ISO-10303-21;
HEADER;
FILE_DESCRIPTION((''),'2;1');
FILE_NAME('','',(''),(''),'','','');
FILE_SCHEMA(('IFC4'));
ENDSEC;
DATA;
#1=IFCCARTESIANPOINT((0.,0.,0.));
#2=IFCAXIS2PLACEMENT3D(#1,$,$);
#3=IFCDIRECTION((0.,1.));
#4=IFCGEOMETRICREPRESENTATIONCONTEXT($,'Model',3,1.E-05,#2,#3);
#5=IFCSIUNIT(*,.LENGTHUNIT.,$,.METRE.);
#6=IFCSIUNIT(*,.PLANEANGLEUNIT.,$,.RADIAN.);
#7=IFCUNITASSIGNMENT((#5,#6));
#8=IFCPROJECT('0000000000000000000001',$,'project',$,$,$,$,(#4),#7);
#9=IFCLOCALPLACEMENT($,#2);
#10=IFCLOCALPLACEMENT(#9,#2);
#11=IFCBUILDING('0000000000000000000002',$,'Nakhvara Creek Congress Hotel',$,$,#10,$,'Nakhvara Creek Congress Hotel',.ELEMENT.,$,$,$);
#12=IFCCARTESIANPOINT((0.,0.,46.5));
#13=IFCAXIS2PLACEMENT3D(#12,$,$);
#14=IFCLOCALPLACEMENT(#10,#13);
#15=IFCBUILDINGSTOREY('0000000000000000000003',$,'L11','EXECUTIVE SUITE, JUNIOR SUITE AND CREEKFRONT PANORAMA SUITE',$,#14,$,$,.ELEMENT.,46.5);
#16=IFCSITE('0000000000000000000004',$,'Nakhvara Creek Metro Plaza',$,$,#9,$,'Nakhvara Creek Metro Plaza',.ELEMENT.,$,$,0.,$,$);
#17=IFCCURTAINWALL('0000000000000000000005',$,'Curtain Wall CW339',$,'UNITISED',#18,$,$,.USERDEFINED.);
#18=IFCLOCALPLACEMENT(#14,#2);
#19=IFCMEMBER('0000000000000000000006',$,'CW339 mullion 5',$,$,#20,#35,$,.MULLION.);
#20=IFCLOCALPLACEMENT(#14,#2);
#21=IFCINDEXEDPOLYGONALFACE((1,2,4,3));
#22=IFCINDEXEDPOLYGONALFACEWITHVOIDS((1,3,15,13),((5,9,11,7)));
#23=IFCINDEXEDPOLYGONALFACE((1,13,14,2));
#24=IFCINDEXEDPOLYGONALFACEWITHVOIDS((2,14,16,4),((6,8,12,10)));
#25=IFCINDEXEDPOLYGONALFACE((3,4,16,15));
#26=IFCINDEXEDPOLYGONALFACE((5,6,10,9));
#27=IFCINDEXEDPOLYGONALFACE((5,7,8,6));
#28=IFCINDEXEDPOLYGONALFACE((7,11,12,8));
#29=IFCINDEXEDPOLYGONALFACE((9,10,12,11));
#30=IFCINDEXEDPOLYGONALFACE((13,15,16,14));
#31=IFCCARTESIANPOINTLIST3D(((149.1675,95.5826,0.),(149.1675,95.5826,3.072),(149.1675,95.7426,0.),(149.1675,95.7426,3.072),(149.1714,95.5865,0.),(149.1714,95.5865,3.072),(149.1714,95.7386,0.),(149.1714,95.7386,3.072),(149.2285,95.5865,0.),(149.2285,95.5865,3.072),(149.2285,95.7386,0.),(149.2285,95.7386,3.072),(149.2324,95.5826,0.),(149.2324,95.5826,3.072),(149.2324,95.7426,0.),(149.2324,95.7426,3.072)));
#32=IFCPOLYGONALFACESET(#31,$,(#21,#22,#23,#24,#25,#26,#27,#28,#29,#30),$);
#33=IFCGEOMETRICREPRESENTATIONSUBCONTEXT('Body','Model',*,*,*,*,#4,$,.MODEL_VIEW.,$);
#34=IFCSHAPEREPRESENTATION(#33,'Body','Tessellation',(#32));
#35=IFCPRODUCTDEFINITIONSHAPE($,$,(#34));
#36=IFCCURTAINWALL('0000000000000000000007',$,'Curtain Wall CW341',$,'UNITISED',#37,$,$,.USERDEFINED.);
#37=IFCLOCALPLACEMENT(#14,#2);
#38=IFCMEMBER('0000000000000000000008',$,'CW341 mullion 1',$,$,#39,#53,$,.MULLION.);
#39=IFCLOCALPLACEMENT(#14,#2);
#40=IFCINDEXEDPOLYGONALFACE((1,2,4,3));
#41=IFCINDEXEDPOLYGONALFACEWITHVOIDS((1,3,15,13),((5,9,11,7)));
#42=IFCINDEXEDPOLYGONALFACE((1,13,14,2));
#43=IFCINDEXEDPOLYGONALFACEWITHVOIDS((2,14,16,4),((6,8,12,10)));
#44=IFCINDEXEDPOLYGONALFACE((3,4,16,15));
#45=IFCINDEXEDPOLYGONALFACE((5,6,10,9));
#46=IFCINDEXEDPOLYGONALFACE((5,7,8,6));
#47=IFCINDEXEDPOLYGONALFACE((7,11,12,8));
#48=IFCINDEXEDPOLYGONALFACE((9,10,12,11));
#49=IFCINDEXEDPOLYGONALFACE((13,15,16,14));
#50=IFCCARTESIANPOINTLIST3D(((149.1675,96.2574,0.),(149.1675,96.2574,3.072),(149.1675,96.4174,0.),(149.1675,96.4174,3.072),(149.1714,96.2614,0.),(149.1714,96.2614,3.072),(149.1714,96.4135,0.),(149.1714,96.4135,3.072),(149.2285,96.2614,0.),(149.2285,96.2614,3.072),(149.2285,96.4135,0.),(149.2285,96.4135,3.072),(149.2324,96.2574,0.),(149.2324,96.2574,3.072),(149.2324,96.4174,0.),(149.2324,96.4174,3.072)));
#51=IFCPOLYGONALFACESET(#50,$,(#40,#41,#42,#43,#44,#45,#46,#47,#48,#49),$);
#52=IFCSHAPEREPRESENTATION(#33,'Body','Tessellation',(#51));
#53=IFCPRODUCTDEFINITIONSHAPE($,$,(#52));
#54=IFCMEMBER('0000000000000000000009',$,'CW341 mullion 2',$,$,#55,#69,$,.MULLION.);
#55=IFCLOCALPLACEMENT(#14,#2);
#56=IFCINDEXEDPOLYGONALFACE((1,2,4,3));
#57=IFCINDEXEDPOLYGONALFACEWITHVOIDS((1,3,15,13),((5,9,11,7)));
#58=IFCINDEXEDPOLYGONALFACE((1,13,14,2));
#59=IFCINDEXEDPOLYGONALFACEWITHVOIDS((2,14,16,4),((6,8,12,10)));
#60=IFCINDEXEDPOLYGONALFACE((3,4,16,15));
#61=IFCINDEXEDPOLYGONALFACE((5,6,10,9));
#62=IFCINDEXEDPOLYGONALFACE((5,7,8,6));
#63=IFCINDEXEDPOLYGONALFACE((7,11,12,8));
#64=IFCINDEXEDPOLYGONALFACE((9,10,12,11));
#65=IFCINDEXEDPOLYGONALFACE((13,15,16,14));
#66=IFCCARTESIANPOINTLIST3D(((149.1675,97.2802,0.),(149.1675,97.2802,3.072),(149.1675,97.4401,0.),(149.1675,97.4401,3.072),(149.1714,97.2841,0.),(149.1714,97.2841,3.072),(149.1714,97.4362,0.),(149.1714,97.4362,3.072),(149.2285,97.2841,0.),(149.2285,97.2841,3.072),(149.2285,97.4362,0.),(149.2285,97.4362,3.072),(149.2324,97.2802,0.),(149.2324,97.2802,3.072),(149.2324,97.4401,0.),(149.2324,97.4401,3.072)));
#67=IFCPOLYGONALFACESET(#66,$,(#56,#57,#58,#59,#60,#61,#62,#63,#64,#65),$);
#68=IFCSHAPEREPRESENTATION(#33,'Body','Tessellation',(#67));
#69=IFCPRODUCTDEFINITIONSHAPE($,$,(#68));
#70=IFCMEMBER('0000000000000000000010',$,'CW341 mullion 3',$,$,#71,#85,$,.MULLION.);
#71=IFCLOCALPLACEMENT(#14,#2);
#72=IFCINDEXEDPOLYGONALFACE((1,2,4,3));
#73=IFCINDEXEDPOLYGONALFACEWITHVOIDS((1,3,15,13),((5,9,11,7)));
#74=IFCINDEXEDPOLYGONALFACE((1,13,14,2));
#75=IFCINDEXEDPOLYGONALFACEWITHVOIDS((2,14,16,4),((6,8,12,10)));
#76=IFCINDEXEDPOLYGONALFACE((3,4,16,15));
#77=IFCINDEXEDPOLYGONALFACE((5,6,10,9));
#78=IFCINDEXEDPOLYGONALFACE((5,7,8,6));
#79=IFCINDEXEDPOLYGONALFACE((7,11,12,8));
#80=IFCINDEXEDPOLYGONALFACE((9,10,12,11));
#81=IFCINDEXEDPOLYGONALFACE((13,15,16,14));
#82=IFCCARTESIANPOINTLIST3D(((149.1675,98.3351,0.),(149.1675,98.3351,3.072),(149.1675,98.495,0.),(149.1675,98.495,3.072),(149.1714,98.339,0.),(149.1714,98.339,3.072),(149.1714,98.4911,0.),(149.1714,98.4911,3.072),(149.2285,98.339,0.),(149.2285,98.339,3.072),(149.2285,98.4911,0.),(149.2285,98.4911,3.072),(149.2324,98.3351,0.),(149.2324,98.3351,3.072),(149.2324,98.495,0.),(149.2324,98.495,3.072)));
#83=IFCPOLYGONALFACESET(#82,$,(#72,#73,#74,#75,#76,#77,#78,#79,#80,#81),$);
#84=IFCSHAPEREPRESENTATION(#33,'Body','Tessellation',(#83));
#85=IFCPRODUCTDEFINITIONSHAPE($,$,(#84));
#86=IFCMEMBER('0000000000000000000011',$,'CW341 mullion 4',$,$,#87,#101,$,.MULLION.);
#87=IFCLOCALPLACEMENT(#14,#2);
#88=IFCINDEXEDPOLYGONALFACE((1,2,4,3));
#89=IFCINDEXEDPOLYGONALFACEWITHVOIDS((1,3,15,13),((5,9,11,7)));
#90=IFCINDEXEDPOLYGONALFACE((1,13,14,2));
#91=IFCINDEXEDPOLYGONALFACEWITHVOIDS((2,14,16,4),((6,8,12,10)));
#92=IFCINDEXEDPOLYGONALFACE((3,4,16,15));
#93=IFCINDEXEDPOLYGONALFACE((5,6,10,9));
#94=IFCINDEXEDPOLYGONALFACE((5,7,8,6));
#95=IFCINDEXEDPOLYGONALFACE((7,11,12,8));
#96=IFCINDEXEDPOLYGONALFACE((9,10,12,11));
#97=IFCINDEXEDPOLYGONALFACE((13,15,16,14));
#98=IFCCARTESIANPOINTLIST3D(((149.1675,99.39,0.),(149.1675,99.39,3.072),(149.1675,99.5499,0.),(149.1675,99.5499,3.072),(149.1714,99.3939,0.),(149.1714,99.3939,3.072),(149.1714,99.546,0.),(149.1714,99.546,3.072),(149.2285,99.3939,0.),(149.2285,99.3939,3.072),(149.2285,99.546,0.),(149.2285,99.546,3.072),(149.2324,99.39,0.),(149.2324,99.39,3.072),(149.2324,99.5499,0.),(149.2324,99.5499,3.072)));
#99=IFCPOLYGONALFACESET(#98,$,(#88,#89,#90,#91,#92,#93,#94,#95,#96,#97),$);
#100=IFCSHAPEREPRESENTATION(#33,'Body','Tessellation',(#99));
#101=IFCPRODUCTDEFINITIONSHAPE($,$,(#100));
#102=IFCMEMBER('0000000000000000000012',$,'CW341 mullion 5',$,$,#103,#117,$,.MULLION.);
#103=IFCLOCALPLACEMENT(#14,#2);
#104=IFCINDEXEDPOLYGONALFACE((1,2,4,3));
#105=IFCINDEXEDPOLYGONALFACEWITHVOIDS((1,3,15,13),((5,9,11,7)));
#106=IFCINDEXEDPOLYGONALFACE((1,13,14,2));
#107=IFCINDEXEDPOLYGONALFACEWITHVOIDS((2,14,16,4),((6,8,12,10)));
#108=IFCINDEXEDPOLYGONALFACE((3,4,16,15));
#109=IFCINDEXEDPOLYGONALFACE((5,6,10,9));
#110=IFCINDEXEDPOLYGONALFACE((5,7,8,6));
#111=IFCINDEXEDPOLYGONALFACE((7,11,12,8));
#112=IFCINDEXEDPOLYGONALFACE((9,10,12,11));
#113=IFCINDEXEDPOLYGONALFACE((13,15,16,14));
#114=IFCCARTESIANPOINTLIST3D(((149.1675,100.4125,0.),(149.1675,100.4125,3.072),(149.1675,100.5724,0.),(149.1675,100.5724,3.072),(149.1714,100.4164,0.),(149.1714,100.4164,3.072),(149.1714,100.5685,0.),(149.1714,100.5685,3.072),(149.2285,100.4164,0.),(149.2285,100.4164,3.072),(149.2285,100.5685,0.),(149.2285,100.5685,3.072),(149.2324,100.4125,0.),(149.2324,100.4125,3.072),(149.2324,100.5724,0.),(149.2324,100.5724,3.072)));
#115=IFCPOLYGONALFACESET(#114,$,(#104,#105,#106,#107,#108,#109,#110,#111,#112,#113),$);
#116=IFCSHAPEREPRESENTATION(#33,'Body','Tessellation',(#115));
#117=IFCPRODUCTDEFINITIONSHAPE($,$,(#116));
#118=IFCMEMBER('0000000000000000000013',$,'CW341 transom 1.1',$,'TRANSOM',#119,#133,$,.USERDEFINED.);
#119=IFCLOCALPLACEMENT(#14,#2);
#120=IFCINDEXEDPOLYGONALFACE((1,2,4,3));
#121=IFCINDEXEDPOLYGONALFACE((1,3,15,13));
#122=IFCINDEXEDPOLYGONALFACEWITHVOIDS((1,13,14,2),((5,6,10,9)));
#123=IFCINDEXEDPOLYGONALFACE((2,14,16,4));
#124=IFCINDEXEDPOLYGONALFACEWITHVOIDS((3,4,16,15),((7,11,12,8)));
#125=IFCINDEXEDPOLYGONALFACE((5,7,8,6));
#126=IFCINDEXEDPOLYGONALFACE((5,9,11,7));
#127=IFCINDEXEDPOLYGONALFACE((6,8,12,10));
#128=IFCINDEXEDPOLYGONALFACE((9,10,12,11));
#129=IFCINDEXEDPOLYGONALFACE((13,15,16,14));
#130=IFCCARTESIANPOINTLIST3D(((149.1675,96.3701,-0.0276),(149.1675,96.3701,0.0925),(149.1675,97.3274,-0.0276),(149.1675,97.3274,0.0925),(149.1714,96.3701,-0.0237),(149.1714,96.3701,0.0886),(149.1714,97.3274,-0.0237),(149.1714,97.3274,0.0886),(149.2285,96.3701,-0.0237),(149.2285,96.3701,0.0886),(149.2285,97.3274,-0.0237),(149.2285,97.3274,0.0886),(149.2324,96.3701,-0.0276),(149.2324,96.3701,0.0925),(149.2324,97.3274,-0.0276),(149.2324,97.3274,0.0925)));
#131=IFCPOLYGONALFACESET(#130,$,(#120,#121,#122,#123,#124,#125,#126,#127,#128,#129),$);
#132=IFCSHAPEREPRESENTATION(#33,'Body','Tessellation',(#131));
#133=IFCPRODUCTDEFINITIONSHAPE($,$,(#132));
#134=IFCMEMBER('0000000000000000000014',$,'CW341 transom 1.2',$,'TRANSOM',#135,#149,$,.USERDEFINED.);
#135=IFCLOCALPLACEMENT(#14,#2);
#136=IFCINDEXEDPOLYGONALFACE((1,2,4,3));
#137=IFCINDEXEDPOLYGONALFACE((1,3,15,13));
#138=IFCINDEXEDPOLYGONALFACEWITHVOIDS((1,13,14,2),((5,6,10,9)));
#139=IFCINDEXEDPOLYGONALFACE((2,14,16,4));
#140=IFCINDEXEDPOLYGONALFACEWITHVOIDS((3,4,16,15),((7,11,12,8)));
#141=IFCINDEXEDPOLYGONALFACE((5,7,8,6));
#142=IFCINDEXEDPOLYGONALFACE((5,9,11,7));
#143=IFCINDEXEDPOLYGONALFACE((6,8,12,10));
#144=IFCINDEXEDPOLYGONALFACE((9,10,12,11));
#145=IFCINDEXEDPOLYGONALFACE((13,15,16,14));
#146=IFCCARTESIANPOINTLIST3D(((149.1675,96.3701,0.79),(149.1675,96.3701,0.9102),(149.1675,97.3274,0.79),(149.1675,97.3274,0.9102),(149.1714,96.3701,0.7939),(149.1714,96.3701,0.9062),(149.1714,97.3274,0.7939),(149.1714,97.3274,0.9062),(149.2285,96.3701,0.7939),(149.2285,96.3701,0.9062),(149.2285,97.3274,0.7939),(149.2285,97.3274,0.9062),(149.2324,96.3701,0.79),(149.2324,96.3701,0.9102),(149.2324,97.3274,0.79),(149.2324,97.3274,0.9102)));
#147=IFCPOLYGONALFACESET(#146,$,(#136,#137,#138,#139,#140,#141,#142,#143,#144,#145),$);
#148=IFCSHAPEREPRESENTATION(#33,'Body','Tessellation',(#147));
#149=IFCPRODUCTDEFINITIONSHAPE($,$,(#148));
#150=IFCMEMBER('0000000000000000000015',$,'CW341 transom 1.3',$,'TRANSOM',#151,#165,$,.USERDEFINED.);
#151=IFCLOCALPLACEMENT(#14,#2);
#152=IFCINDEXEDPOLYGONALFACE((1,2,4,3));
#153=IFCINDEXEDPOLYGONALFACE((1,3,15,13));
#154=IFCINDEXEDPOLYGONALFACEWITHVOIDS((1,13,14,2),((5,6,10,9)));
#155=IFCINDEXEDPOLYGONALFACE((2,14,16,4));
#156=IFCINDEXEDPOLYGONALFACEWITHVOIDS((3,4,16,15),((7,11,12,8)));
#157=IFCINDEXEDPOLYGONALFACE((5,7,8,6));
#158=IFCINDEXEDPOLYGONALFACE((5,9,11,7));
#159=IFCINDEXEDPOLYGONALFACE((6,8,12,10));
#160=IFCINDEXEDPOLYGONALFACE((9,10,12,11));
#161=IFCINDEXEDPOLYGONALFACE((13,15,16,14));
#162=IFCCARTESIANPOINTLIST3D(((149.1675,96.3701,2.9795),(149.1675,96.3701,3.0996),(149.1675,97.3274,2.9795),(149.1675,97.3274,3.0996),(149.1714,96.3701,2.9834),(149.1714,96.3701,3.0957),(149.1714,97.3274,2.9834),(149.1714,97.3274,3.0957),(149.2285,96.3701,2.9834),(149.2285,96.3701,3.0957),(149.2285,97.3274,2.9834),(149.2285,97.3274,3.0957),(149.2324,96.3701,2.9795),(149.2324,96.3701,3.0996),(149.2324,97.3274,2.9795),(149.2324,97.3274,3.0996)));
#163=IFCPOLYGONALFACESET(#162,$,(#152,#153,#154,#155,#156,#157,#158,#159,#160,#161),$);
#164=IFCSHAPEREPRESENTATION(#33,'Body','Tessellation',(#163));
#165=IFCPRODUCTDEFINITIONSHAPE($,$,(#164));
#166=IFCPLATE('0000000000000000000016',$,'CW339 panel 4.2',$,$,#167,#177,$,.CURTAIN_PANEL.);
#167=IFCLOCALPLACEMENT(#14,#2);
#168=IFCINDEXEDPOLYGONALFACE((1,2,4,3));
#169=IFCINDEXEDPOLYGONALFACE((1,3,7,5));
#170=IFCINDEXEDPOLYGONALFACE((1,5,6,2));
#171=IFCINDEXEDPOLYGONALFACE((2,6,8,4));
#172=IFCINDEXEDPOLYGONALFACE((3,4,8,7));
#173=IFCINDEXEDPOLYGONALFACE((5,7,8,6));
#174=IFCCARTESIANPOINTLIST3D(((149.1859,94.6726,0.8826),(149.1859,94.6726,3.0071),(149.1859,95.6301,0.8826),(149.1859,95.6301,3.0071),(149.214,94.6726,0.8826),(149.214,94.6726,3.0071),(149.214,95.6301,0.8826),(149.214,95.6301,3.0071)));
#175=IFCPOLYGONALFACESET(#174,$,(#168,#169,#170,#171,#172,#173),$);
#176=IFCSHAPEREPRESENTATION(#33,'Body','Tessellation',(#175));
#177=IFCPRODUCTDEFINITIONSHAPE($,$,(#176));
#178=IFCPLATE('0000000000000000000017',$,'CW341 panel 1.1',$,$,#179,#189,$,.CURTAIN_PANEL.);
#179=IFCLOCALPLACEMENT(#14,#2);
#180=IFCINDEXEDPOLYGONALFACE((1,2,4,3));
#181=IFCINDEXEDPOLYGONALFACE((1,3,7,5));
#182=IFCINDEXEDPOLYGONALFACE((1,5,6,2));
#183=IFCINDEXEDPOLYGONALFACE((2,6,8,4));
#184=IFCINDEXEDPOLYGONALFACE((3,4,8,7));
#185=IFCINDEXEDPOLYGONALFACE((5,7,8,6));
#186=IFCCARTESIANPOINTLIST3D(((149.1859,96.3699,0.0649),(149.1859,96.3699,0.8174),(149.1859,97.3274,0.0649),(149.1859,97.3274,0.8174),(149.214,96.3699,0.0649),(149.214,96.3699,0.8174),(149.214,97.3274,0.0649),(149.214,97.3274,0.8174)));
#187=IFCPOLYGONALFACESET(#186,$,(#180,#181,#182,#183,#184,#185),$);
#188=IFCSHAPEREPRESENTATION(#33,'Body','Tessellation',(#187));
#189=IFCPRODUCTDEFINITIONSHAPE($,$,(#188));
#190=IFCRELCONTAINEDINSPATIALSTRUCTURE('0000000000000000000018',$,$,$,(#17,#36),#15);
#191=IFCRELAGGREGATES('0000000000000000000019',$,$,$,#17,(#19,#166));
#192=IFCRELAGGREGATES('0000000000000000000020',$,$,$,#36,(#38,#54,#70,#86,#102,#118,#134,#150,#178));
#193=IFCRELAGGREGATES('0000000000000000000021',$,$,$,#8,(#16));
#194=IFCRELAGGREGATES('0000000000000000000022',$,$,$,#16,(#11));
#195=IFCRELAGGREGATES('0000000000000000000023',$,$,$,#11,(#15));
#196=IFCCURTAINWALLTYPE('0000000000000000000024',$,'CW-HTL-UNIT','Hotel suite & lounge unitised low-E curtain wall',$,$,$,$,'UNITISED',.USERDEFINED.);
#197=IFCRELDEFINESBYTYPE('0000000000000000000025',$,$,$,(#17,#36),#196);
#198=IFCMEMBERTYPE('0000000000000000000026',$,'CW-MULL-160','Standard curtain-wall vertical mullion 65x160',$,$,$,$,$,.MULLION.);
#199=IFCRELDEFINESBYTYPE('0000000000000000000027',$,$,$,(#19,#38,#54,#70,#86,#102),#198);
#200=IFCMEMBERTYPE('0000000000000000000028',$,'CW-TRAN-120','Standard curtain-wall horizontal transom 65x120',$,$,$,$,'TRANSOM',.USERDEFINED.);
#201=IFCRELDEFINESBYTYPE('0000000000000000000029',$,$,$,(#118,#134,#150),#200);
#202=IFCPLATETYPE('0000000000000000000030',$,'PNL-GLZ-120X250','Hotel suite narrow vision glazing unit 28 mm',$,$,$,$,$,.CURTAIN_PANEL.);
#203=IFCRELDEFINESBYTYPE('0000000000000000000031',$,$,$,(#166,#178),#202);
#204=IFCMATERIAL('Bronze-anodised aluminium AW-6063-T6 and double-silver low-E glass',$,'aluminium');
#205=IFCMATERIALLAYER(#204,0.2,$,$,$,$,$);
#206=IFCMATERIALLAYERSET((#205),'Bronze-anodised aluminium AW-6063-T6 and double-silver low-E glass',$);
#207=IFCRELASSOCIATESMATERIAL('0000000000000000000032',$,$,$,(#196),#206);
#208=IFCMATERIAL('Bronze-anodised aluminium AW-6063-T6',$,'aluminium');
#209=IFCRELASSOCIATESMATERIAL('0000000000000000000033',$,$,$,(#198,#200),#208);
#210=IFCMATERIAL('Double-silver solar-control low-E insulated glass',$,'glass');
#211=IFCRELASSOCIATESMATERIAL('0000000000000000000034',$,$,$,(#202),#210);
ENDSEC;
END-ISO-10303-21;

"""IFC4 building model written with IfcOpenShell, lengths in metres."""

from ifc_helpers import new_model, si_unit, direction, frame, origin, origin_2d, place, context, subcontext, project, spatial, rectangle, hollow_rectangle, extrude, material, layer, layer_set, material_profile, profile_set, type_object, element, aggregate, save


model = new_model("IFC4")

# Units and contexts
model_context = context("Model", 3, precision=1e-05, world=origin(), true_north=direction((0.0, 1.0)))
body_context = subcontext(model_context, "Body", "Model", "MODEL_VIEW")
ifc_project = project(units=[si_unit("LENGTHUNIT", "METRE"), si_unit("PLANEANGLEUNIT", "RADIAN")], contexts=[model_context])

# Site, building, storey
site_placement = place(None, origin())
site = spatial("IfcSite", under=ifc_project, at=site_placement, Name="Nakhvara Creek Metro Plaza", LongName="Nakhvara Creek Metro Plaza", CompositionType="ELEMENT", RefElevation=0.0)
building_placement = place(site_placement, origin())
building = spatial("IfcBuilding", under=site, at=building_placement, Name="Nakhvara Creek Congress Hotel", LongName="Nakhvara Creek Congress Hotel", CompositionType="ELEMENT")
storey_placement = place(building_placement, frame((0.0, 0.0, 46.5)))
storey = spatial("IfcBuildingStorey", under=building, at=storey_placement, Name="L11", Description="EXECUTIVE SUITE, JUNIOR SUITE AND CREEKFRONT PANORAMA SUITE", CompositionType="ELEMENT", Elevation=46.5)

# Curtain wall, member
ifc_material_1 = material(Name="Bronze-anodised aluminium AW-6063-T6 and double-silver low-E glass", Category="aluminium")
ifc_layer = layer(ifc_material_1, 0.2)
ifc_layer_set = layer_set([ifc_layer], Name="Bronze-anodised aluminium AW-6063-T6 and double-silver low-E glass")
curtain_wall_type = type_object("IfcCurtainWallType", Name="CW-HTL-UNIT", Description="Hotel suite & lounge unitised low-E curtain wall", ElementType="UNITISED", PredefinedType="USERDEFINED", material=ifc_layer_set)
curtain_wall_1_placement = place(storey_placement, origin())
curtain_wall_1 = element("IfcCurtainWall", 1, at=curtain_wall_1_placement, inside=storey, type_object=curtain_wall_type, Name="Curtain Wall CW339", ObjectType="UNITISED", PredefinedType="USERDEFINED")
ifc_material_2 = material(Name="Bronze-anodised aluminium AW-6063-T6", Category="aluminium")
ifc_material_profile_1 = material_profile(ifc_material_2, hollow_rectangle(XDim=0.0649, YDim=0.1599, WallThickness=0.0039, at=origin_2d()), Name="ALU-MULL 65x160x4", Category="LoadBearing")
ifc_profile_set_1 = profile_set([ifc_material_profile_1], Name="Bronze-anodised aluminium AW-6063-T6")
member_type_1 = type_object("IfcMemberType", Name="CW-MULL-160", Description="Standard curtain-wall vertical mullion 65x160", PredefinedType="MULLION", material=ifc_profile_set_1)
member_1_placement = place(storey_placement, frame((149.2, 95.6626, 0.0), z_axis=(0.0, 0.0, 1.0), x_axis=(-1.0, 0.0, 0.0)))
member_1 = element("IfcMember", 2, at=member_1_placement, type_object=member_type_1, Name="CW339 mullion 5", PredefinedType="MULLION", context=body_context, shape_type="SweptSolid", body=[
    extrude(hollow_rectangle(XDim=0.0649, YDim=0.1599, WallThickness=0.0039, at=origin_2d()), origin(), (0.0, 0.0, 1.0), 3.072),
])

# Curtain wall, members
curtain_wall_2_placement = place(storey_placement, origin())
curtain_wall_2 = element("IfcCurtainWall", 3, at=curtain_wall_2_placement, inside=storey, type_object=curtain_wall_type, Name="Curtain Wall CW341", ObjectType="UNITISED", PredefinedType="USERDEFINED")
member_2_placement = place(storey_placement, frame((149.2, 96.3374, 0.0), z_axis=(0.0, 0.0, 1.0), x_axis=(-1.0, 0.0, 0.0)))
member_2 = element("IfcMember", 4, at=member_2_placement, type_object=member_type_1, Name="CW341 mullion 1", PredefinedType="MULLION", context=body_context, shape_type="SweptSolid", body=[
    extrude(hollow_rectangle(XDim=0.0649, YDim=0.1599, WallThickness=0.0039, at=origin_2d()), origin(), (0.0, 0.0, 1.0), 3.072),
])
member_3_placement = place(storey_placement, frame((149.2, 97.3601, 0.0), z_axis=(0.0, 0.0, 1.0), x_axis=(-1.0, 0.0, 0.0)))
member_3 = element("IfcMember", 5, at=member_3_placement, type_object=member_type_1, Name="CW341 mullion 2", PredefinedType="MULLION", context=body_context, shape_type="SweptSolid", body=[
    extrude(hollow_rectangle(XDim=0.0649, YDim=0.1599, WallThickness=0.0039, at=origin_2d()), origin(), (0.0, 0.0, 1.0), 3.072),
])
member_4_placement = place(storey_placement, frame((149.2, 98.415, 0.0), z_axis=(0.0, 0.0, 1.0), x_axis=(-1.0, 0.0, 0.0)))
member_4 = element("IfcMember", 6, at=member_4_placement, type_object=member_type_1, Name="CW341 mullion 3", PredefinedType="MULLION", context=body_context, shape_type="SweptSolid", body=[
    extrude(hollow_rectangle(XDim=0.0649, YDim=0.1599, WallThickness=0.0039, at=origin_2d()), origin(), (0.0, 0.0, 1.0), 3.072),
])
member_5_placement = place(storey_placement, frame((149.2, 99.47, 0.0), z_axis=(0.0, 0.0, 1.0), x_axis=(-1.0, 0.0, 0.0)))
member_5 = element("IfcMember", 7, at=member_5_placement, type_object=member_type_1, Name="CW341 mullion 4", PredefinedType="MULLION", context=body_context, shape_type="SweptSolid", body=[
    extrude(hollow_rectangle(XDim=0.0649, YDim=0.1599, WallThickness=0.0039, at=origin_2d()), origin(), (0.0, 0.0, 1.0), 3.072),
])
member_6_placement = place(storey_placement, frame((149.2, 100.4924, 0.0), z_axis=(0.0, 0.0, 1.0), x_axis=(-1.0, 0.0, 0.0)))
member_6 = element("IfcMember", 8, at=member_6_placement, type_object=member_type_1, Name="CW341 mullion 5", PredefinedType="MULLION", context=body_context, shape_type="SweptSolid", body=[
    extrude(hollow_rectangle(XDim=0.0649, YDim=0.1599, WallThickness=0.0039, at=origin_2d()), origin(), (0.0, 0.0, 1.0), 3.072),
])
ifc_material_profile_2 = material_profile(ifc_material_2, hollow_rectangle(XDim=0.0649, YDim=0.1201, WallThickness=0.0039, at=origin_2d()), Name="ALU-TRAN 65x120x4", Category="LoadBearing")
ifc_profile_set_2 = profile_set([ifc_material_profile_2], Name="Bronze-anodised aluminium AW-6063-T6")
member_type_2 = type_object("IfcMemberType", Name="CW-TRAN-120", Description="Standard curtain-wall horizontal transom 65x120", ElementType="TRANSOM", PredefinedType="USERDEFINED", material=ifc_profile_set_2)
member_7_placement = place(storey_placement, frame((149.2, 96.3701, 0.0325), z_axis=(0.0, 1.0, 0.0), x_axis=(-1.0, 0.0, 0.0)))
member_7 = element("IfcMember", 9, at=member_7_placement, type_object=member_type_2, Name="CW341 transom 1.1", ObjectType="TRANSOM", PredefinedType="USERDEFINED", context=body_context, shape_type="SweptSolid", body=[
    extrude(hollow_rectangle(XDim=0.0649, YDim=0.1201, WallThickness=0.0039, at=origin_2d()), origin(), (0.0, 0.0, 1.0), 0.9573),
])
member_8_placement = place(storey_placement, frame((149.2, 96.3701, 0.8501), z_axis=(0.0, 1.0, 0.0), x_axis=(-1.0, 0.0, 0.0)))
member_8 = element("IfcMember", 10, at=member_8_placement, type_object=member_type_2, Name="CW341 transom 1.2", ObjectType="TRANSOM", PredefinedType="USERDEFINED", context=body_context, shape_type="SweptSolid", body=[
    extrude(hollow_rectangle(XDim=0.0649, YDim=0.1201, WallThickness=0.0039, at=origin_2d()), origin(), (0.0, 0.0, 1.0), 0.9573),
])
member_9_placement = place(storey_placement, frame((149.2, 96.3701, 3.0396), z_axis=(0.0, 1.0, 0.0), x_axis=(-1.0, 0.0, 0.0)))
member_9 = element("IfcMember", 11, at=member_9_placement, type_object=member_type_2, Name="CW341 transom 1.3", ObjectType="TRANSOM", PredefinedType="USERDEFINED", context=body_context, shape_type="SweptSolid", body=[
    extrude(hollow_rectangle(XDim=0.0649, YDim=0.1201, WallThickness=0.0039, at=origin_2d()), origin(), (0.0, 0.0, 1.0), 0.9573),
])

# Plates
ifc_material_3 = material(Name="Double-silver solar-control low-E insulated glass", Category="glass")
plate_type = type_object("IfcPlateType", Name="PNL-GLZ-120X250", Description="Hotel suite narrow vision glazing unit 28 mm", PredefinedType="CURTAIN_PANEL", material=ifc_material_3)
plate_1_placement = place(storey_placement, frame((149.2, 95.1514, 0.8826), z_axis=(0.0, 0.0, 1.0), x_axis=(0.0, 1.0, 0.0)))
plate_1 = element("IfcPlate", 12, at=plate_1_placement, type_object=plate_type, Name="CW339 panel 4.2", PredefinedType="CURTAIN_PANEL", context=body_context, shape_type="SweptSolid", body=[
    extrude(rectangle(XDim=0.9575, YDim=0.0281, at=origin_2d()), origin(), (0.0, 0.0, 1.0), 2.1245),
])
aggregate(curtain_wall_1, [member_1, plate_1])
plate_2_placement = place(storey_placement, frame((149.2, 96.8486, 0.0649), z_axis=(0.0, 0.0, 1.0), x_axis=(0.0, 1.0, 0.0)))
plate_2 = element("IfcPlate", 13, at=plate_2_placement, type_object=plate_type, Name="CW341 panel 1.1", PredefinedType="CURTAIN_PANEL", context=body_context, shape_type="SweptSolid", body=[
    extrude(rectangle(XDim=0.9575, YDim=0.0281, at=origin_2d()), origin(), (0.0, 0.0, 1.0), 0.7524),
])
aggregate(curtain_wall_2, [member_2, member_3, member_4, member_5, member_6, member_7, member_8, member_9, plate_2])

save(model, "model.ifc")
